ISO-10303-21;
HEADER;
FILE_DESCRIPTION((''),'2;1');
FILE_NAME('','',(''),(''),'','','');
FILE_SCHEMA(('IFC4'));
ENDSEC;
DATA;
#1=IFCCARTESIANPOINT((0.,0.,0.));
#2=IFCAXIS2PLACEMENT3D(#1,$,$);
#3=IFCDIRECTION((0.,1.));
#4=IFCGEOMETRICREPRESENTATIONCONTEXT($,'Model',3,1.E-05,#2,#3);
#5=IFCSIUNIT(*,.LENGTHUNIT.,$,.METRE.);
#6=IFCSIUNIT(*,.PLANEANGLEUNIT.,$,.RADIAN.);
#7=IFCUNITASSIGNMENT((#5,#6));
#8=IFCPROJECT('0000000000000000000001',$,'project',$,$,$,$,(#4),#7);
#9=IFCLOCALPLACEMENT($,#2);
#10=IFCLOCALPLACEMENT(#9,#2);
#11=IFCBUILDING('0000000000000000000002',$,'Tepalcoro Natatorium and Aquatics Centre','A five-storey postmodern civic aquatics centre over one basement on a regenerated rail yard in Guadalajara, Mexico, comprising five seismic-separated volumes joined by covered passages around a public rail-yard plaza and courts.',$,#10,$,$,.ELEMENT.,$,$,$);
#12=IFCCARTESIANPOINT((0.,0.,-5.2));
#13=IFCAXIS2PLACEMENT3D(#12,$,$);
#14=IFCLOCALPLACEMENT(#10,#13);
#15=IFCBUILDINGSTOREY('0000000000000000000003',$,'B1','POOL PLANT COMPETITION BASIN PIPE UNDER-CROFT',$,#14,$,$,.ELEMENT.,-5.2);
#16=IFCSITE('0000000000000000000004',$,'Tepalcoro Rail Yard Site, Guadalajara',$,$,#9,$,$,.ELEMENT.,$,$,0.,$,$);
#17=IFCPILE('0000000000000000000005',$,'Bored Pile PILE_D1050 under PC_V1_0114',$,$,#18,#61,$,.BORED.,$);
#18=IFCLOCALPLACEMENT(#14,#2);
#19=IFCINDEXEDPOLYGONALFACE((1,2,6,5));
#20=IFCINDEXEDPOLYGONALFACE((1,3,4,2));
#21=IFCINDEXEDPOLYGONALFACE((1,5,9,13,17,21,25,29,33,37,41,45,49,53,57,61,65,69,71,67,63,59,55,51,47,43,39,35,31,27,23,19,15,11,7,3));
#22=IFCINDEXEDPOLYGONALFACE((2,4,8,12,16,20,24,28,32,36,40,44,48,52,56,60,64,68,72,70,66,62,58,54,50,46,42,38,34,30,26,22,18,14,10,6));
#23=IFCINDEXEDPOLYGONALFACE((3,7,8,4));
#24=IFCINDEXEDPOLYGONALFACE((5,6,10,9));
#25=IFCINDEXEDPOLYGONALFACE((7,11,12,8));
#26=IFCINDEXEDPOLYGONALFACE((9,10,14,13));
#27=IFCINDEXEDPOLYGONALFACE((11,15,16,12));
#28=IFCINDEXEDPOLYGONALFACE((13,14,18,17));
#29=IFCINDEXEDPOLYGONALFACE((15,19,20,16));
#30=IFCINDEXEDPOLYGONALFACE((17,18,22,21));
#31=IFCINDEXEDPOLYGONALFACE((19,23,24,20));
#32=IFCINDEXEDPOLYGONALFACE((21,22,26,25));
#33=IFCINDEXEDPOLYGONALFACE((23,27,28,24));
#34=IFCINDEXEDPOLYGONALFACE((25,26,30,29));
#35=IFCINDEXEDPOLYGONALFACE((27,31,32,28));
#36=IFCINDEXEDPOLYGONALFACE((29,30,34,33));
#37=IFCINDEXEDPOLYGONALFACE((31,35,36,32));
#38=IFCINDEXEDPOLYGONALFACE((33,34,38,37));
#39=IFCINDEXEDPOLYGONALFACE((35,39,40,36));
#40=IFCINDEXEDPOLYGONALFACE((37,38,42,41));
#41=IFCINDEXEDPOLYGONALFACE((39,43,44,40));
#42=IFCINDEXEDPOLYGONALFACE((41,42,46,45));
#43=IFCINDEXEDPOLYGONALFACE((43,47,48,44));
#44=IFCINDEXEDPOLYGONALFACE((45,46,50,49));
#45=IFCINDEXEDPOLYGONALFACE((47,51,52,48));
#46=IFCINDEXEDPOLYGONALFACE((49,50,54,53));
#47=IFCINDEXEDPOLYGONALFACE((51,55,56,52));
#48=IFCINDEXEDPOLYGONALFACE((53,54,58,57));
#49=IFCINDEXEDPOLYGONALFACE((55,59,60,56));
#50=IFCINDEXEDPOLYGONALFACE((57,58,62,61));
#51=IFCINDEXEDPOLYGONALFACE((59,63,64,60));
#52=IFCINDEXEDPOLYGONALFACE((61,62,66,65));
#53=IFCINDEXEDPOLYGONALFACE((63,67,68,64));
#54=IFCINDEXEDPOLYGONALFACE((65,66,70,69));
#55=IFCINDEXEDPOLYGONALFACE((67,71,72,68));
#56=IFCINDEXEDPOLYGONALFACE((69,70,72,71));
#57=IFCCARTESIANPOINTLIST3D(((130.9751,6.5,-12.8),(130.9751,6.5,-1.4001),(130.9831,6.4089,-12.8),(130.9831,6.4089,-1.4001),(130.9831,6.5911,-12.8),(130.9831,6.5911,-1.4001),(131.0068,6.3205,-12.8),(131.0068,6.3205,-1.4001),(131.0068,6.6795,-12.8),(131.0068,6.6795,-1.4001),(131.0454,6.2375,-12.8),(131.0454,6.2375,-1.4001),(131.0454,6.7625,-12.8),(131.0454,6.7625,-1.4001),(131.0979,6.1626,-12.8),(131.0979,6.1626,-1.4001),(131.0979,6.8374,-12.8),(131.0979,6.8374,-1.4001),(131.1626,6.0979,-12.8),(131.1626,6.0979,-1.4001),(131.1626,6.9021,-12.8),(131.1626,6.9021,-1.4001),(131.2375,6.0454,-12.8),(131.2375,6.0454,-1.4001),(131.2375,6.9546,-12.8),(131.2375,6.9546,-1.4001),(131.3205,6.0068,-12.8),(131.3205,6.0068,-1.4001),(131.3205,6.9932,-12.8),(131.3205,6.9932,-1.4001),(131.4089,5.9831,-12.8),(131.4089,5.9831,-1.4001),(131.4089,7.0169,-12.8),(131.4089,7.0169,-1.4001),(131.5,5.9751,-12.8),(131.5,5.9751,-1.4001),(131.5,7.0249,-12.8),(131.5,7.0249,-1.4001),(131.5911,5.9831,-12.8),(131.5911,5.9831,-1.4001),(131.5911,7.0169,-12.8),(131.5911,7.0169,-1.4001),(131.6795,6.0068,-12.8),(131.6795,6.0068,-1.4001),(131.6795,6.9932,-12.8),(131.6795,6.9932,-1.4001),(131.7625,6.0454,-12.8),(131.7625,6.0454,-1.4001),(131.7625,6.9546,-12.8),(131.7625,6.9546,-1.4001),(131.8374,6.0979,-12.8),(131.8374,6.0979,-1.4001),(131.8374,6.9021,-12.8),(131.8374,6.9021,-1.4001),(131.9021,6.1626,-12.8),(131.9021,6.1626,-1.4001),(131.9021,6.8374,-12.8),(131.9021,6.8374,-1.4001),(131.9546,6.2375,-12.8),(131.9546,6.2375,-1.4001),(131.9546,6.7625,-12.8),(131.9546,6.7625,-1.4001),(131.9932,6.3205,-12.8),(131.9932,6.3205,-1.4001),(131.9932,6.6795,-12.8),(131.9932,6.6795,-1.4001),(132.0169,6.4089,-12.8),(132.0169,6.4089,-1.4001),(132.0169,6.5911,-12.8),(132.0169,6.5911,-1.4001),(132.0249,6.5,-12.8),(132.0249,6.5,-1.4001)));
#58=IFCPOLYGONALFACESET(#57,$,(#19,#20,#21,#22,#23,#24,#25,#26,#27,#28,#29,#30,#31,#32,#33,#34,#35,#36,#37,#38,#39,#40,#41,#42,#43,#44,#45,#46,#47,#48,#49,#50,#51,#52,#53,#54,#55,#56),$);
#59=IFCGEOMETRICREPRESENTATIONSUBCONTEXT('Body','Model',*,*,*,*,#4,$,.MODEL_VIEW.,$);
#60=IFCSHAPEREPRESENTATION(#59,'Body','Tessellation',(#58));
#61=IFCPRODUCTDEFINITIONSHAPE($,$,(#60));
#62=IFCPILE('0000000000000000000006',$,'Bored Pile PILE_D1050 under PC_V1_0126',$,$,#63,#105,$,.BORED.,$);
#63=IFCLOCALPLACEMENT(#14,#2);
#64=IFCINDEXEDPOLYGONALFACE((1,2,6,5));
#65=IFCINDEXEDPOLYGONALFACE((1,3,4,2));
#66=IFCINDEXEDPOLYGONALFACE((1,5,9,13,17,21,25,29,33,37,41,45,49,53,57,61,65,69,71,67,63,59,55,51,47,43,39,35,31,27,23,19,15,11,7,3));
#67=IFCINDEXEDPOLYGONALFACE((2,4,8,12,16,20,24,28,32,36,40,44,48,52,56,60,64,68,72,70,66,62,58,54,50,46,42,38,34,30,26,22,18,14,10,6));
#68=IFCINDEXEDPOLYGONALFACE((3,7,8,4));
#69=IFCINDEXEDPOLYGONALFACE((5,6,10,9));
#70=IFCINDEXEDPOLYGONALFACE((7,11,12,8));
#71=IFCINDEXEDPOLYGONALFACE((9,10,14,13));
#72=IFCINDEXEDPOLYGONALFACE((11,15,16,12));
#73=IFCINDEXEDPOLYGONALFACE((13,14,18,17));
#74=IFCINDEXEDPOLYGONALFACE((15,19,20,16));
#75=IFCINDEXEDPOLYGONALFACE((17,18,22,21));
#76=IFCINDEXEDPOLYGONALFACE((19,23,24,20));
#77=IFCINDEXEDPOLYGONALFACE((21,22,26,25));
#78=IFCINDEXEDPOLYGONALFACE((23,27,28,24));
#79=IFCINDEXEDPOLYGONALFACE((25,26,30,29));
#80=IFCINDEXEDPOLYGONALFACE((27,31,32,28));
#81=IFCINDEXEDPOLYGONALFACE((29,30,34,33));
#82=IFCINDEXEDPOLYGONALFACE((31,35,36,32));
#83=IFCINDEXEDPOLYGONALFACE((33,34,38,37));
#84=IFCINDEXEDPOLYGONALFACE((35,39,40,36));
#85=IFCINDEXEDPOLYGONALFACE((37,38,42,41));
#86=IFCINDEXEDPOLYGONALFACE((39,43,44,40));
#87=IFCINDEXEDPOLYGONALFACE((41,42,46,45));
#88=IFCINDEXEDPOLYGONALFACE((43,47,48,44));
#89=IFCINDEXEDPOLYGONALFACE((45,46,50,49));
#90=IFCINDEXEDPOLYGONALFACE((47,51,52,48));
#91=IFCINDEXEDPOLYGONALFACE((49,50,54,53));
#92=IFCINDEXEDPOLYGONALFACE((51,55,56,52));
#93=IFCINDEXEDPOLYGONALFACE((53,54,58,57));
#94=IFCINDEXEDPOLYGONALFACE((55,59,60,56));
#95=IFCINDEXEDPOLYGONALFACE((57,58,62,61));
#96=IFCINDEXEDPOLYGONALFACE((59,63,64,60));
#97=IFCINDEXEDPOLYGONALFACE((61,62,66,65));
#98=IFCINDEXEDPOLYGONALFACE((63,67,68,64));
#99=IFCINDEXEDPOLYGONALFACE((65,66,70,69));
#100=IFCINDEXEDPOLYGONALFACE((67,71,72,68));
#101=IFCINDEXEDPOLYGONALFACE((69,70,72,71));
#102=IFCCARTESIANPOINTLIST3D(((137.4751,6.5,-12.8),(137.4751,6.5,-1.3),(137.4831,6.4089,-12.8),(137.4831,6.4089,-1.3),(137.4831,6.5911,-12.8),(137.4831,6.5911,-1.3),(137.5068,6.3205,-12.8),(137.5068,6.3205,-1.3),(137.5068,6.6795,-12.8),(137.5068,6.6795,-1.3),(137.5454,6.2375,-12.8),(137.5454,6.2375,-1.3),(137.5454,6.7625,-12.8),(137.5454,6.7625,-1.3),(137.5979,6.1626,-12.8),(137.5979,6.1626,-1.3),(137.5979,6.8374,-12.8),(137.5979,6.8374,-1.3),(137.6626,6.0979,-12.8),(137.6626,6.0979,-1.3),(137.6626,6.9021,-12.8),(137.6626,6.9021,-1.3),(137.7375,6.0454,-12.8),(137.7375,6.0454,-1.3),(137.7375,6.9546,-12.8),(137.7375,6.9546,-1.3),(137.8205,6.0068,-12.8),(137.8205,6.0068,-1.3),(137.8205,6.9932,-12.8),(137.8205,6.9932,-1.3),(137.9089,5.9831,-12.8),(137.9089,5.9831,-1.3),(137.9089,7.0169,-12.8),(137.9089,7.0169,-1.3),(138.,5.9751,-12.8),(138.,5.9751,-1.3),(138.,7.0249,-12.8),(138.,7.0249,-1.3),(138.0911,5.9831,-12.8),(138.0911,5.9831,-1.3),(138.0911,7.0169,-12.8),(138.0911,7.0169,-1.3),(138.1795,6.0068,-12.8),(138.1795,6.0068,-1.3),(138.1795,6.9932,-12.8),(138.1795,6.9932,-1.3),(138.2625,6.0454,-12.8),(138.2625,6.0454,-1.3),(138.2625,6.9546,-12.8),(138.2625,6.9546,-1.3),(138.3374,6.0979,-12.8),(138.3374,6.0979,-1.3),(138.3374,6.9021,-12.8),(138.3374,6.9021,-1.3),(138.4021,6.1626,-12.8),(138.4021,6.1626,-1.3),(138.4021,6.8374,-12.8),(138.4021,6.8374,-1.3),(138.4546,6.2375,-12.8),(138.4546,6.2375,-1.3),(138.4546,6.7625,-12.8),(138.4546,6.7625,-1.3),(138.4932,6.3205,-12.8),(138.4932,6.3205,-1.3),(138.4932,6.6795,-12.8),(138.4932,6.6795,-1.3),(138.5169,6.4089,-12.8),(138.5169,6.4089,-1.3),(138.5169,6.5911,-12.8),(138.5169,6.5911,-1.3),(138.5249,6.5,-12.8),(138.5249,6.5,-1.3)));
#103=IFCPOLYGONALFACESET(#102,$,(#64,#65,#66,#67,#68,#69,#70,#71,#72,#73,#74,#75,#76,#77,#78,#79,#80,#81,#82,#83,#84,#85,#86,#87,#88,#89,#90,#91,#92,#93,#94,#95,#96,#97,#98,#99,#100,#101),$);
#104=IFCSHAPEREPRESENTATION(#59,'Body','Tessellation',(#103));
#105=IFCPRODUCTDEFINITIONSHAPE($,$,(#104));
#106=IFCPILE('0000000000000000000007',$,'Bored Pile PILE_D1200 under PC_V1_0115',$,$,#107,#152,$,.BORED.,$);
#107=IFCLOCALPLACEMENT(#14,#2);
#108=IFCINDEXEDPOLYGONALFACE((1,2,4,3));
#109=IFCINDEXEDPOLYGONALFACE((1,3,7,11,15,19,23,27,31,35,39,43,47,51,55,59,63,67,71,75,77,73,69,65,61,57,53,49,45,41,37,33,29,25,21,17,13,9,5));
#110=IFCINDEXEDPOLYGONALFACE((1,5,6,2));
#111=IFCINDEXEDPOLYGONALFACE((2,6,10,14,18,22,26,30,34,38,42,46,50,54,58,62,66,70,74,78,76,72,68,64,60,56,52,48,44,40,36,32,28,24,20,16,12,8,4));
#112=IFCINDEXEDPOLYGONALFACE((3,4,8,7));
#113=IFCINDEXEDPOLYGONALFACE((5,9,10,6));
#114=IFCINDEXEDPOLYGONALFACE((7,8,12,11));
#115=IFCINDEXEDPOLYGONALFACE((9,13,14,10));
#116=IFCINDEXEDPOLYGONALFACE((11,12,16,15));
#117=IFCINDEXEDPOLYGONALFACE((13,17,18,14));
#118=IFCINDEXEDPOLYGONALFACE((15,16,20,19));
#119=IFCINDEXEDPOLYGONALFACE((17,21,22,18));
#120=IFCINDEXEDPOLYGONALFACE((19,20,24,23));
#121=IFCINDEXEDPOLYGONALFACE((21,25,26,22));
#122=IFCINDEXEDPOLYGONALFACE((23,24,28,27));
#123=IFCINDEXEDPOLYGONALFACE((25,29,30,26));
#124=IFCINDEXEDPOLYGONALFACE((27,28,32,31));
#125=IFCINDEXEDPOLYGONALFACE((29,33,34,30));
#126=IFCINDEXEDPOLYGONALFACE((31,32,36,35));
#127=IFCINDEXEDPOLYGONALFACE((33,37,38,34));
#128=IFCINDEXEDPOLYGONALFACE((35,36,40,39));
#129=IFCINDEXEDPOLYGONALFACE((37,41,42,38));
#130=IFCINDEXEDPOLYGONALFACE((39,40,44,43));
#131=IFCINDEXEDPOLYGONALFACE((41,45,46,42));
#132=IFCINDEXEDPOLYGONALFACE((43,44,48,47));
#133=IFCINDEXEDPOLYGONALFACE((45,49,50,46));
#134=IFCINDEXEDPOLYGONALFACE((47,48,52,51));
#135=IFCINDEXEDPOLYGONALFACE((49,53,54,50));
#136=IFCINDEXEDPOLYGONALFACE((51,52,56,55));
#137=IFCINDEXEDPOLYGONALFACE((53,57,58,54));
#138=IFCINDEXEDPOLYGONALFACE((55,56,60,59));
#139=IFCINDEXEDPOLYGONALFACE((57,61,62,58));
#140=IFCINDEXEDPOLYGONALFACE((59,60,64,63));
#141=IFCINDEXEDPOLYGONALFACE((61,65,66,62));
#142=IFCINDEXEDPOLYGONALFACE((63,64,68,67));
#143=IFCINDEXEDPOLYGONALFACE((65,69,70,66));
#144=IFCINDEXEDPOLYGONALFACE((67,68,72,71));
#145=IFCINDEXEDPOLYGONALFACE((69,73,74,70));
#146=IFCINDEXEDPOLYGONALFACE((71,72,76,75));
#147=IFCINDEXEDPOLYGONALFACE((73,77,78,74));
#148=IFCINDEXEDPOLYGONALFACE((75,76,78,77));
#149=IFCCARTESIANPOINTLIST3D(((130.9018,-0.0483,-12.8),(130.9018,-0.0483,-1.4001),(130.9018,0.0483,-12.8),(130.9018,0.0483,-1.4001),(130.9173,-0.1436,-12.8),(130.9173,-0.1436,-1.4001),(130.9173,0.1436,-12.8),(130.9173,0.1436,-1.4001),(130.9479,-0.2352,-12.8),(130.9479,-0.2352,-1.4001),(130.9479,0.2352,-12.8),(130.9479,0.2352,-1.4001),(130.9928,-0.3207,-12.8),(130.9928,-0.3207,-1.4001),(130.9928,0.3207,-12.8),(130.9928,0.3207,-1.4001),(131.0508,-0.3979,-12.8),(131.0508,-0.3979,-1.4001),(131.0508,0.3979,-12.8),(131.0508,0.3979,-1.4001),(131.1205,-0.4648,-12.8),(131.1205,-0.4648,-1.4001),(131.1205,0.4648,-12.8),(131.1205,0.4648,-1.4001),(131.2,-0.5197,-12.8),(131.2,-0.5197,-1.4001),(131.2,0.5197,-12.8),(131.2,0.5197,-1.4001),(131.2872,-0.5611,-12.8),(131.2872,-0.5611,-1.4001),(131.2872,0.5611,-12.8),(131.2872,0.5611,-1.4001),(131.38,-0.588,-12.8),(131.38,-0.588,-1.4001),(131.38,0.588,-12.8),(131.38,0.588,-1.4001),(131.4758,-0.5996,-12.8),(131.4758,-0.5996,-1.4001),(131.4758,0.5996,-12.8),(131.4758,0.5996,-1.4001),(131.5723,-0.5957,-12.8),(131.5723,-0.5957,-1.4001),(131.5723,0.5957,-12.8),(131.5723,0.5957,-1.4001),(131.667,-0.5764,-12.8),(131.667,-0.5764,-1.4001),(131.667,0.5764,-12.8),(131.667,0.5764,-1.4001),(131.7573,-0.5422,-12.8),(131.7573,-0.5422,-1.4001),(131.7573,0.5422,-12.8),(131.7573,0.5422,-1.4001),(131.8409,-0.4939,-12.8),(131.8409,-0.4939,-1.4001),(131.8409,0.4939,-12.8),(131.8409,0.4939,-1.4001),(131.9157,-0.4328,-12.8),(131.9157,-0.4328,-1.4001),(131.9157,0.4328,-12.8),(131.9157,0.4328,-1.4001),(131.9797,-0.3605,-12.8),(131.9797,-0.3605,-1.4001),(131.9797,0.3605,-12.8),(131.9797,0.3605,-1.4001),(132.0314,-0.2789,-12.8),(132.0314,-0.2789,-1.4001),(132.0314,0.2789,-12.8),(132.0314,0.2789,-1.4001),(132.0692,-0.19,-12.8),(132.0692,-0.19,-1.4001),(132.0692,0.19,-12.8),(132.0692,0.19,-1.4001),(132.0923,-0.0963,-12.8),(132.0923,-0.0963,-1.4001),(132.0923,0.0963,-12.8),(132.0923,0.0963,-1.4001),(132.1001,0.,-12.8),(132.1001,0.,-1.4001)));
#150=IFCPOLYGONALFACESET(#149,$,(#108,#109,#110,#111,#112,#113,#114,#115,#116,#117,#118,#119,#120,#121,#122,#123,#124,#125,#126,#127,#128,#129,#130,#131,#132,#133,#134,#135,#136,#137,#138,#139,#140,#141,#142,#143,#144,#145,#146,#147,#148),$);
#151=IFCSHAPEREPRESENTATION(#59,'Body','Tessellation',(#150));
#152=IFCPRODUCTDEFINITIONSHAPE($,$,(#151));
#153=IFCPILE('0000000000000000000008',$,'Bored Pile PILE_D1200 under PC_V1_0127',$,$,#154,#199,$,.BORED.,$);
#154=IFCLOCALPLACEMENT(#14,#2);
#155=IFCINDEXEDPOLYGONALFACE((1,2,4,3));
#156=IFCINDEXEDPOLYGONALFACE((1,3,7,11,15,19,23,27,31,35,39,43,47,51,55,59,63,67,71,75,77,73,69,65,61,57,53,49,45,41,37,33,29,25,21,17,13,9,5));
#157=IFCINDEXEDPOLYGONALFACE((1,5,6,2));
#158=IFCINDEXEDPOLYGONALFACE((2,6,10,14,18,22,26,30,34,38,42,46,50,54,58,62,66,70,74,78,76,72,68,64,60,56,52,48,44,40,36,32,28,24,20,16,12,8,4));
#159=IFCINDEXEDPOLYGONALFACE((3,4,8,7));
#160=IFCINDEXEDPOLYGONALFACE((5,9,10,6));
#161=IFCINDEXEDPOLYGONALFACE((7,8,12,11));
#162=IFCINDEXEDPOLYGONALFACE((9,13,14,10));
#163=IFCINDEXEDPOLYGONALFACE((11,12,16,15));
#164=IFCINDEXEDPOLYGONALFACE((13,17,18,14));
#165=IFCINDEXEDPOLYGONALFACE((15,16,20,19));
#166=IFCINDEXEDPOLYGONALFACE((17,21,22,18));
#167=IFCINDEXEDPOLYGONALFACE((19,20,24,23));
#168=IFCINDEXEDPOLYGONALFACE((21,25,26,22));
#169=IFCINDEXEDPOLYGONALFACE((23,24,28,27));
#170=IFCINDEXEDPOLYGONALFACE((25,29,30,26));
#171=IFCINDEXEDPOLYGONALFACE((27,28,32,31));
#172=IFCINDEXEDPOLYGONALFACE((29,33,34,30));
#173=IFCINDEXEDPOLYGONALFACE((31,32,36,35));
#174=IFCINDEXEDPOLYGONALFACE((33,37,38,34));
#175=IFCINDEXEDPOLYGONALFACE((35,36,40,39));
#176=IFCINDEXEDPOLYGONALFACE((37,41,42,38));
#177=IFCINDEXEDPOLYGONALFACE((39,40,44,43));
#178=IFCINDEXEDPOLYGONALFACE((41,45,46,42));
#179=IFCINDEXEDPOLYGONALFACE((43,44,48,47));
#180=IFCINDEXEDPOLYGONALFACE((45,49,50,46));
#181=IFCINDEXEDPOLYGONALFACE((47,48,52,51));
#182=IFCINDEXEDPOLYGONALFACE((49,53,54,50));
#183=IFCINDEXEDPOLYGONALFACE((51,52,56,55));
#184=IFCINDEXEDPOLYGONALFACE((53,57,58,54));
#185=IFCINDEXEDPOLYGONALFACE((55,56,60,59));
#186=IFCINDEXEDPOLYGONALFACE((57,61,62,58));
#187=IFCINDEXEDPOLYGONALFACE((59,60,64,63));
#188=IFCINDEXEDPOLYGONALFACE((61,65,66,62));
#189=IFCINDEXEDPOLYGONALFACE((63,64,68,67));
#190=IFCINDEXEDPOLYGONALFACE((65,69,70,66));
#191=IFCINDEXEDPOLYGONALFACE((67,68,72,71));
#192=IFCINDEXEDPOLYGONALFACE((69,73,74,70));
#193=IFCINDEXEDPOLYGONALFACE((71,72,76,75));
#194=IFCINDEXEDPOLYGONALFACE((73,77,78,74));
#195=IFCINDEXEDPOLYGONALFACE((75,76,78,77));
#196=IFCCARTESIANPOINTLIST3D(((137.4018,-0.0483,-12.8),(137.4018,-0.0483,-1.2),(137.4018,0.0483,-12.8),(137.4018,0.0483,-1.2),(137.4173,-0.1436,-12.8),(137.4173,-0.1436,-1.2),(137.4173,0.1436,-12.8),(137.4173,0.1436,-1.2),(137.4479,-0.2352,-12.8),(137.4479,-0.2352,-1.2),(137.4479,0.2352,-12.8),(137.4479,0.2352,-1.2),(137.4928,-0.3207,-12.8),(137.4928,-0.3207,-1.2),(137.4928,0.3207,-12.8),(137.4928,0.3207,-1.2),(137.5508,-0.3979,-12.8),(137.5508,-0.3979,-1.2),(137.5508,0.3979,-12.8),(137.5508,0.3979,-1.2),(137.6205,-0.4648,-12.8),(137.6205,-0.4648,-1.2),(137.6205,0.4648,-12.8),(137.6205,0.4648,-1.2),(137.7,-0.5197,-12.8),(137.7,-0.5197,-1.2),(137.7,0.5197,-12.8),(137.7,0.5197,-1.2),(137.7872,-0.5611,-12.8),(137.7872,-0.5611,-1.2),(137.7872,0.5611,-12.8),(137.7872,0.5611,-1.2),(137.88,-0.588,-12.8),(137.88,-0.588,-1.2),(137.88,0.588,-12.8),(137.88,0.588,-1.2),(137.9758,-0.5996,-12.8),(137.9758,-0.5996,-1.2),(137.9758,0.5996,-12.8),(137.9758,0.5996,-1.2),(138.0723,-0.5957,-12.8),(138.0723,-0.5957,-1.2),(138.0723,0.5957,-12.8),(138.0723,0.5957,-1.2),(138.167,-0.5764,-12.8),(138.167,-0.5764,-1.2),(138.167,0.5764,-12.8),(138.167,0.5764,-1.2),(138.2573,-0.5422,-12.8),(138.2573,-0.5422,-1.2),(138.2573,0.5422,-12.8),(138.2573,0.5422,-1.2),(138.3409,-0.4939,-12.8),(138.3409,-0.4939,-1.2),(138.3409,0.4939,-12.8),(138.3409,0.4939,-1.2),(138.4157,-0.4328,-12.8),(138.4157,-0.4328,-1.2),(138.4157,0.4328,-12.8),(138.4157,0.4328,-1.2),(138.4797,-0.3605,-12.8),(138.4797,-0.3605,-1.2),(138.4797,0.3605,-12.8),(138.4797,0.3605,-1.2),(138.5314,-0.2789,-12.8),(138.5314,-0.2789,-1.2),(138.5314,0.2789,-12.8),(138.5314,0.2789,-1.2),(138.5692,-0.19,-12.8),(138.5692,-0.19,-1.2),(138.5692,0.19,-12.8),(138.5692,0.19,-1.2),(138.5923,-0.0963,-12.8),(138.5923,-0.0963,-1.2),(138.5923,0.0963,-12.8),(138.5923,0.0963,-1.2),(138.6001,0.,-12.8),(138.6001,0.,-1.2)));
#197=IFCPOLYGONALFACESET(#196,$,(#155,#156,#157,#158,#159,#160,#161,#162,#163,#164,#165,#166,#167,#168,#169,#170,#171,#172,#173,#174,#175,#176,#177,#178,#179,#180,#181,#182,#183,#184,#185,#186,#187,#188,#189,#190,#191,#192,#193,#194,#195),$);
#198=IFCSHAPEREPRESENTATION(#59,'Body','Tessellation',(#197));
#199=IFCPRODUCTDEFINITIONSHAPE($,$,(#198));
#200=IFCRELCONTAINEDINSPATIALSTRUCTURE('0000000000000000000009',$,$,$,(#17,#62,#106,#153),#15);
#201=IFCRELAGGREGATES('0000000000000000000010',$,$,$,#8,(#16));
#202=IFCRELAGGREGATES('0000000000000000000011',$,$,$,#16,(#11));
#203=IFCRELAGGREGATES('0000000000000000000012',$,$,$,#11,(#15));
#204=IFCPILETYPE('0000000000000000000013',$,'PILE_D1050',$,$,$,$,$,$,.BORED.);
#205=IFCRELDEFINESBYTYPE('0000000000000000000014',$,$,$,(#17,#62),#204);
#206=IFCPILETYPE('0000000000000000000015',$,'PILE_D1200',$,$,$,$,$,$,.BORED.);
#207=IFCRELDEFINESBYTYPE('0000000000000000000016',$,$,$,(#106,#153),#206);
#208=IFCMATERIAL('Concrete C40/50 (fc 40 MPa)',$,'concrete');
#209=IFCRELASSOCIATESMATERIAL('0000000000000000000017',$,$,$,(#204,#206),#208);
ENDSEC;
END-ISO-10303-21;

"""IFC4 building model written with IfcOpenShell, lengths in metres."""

from ifc_helpers import new_model, si_unit, direction, frame, origin, origin_2d, place, context, subcontext, project, spatial, circle, extrude, material, material_profile, profile_set, type_object, element, save


model = new_model("IFC4")

# Units and contexts
model_context = context("Model", 3, precision=1e-05, world=origin(), true_north=direction((0.0, 1.0)))
body_context = subcontext(model_context, "Body", "Model", "MODEL_VIEW")
ifc_project = project(units=[si_unit("LENGTHUNIT", "METRE"), si_unit("PLANEANGLEUNIT", "RADIAN")], contexts=[model_context])

# Site, building, storey
site_placement = place(None, origin())
site = spatial("IfcSite", under=ifc_project, at=site_placement, Name="Tepalcoro Rail Yard Site, Guadalajara", CompositionType="ELEMENT", RefElevation=0.0)
building_placement = place(site_placement, origin())
building = spatial("IfcBuilding", under=site, at=building_placement, Name="Tepalcoro Natatorium and Aquatics Centre", Description="A five-storey postmodern civic aquatics centre over one basement on a regenerated rail yard in Guadalajara, Mexico, comprising five seismic-separated volumes joined by covered passages around a public rail-yard plaza and courts.", CompositionType="ELEMENT")
storey_placement = place(building_placement, frame((0.0, 0.0, -5.2)))
storey = spatial("IfcBuildingStorey", under=building, at=storey_placement, Name="B1", Description="POOL PLANT COMPETITION BASIN PIPE UNDER-CROFT", CompositionType="ELEMENT", Elevation=-5.2)

# Piles
ifc_material = material(Name="Concrete C40/50 (fc 40 MPa)", Category="concrete")
ifc_material_profile_1 = material_profile(ifc_material, circle(Radius=0.5249, at=origin_2d()), Name="PILE_D1050")
ifc_profile_set_1 = profile_set([ifc_material_profile_1], Name="Concrete C40/50 (fc 40 MPa)")
pile_type_1 = type_object("IfcPileType", Name="PILE_D1050", PredefinedType="BORED", material=ifc_profile_set_1)
pile_1_placement = place(storey_placement, frame((131.5, 6.5, -1.4001), z_axis=(0.0, 0.0, -1.0), x_axis=(1.0, 0.0, 0.0)))
element("IfcPile", 1, at=pile_1_placement, inside=storey, type_object=pile_type_1, Name="Bored Pile PILE_D1050 under PC_V1_0114", PredefinedType="BORED", context=body_context, shape_type="SweptSolid", body=[
    extrude(circle(Radius=0.5249, at=origin_2d()), origin(), (0.0, 0.0, 1.0), 11.3999),
])
pile_2_placement = place(storey_placement, frame((138.0, 6.5, -1.3), z_axis=(0.0, 0.0, -1.0), x_axis=(1.0, 0.0, 0.0)))
element("IfcPile", 2, at=pile_2_placement, inside=storey, type_object=pile_type_1, Name="Bored Pile PILE_D1050 under PC_V1_0126", PredefinedType="BORED", context=body_context, shape_type="SweptSolid", body=[
    extrude(circle(Radius=0.5249, at=origin_2d()), origin(), (0.0, 0.0, 1.0), 11.5),
])
ifc_material_profile_2 = material_profile(ifc_material, circle(Radius=0.6001, at=origin_2d()), Name="PILE_D1200")
ifc_profile_set_2 = profile_set([ifc_material_profile_2], Name="Concrete C40/50 (fc 40 MPa)")
pile_type_2 = type_object("IfcPileType", Name="PILE_D1200", PredefinedType="BORED", material=ifc_profile_set_2)
pile_3_placement = place(storey_placement, frame((131.5, 0.0, -1.4001), z_axis=(0.0, 0.0, -1.0), x_axis=(1.0, 0.0, 0.0)))
element("IfcPile", 3, at=pile_3_placement, inside=storey, type_object=pile_type_2, Name="Bored Pile PILE_D1200 under PC_V1_0115", PredefinedType="BORED", context=body_context, shape_type="SweptSolid", body=[
    extrude(circle(Radius=0.6001, at=origin_2d()), origin(), (0.0, 0.0, 1.0), 11.3999),
])
pile_4_placement = place(storey_placement, frame((138.0, 0.0, -1.2), z_axis=(0.0, 0.0, -1.0), x_axis=(1.0, 0.0, 0.0)))
element("IfcPile", 4, at=pile_4_placement, inside=storey, type_object=pile_type_2, Name="Bored Pile PILE_D1200 under PC_V1_0127", PredefinedType="BORED", context=body_context, shape_type="SweptSolid", body=[
    extrude(circle(Radius=0.6001, at=origin_2d()), origin(), (0.0, 0.0, 1.0), 11.6001),
])

save(model, "model.ifc")
